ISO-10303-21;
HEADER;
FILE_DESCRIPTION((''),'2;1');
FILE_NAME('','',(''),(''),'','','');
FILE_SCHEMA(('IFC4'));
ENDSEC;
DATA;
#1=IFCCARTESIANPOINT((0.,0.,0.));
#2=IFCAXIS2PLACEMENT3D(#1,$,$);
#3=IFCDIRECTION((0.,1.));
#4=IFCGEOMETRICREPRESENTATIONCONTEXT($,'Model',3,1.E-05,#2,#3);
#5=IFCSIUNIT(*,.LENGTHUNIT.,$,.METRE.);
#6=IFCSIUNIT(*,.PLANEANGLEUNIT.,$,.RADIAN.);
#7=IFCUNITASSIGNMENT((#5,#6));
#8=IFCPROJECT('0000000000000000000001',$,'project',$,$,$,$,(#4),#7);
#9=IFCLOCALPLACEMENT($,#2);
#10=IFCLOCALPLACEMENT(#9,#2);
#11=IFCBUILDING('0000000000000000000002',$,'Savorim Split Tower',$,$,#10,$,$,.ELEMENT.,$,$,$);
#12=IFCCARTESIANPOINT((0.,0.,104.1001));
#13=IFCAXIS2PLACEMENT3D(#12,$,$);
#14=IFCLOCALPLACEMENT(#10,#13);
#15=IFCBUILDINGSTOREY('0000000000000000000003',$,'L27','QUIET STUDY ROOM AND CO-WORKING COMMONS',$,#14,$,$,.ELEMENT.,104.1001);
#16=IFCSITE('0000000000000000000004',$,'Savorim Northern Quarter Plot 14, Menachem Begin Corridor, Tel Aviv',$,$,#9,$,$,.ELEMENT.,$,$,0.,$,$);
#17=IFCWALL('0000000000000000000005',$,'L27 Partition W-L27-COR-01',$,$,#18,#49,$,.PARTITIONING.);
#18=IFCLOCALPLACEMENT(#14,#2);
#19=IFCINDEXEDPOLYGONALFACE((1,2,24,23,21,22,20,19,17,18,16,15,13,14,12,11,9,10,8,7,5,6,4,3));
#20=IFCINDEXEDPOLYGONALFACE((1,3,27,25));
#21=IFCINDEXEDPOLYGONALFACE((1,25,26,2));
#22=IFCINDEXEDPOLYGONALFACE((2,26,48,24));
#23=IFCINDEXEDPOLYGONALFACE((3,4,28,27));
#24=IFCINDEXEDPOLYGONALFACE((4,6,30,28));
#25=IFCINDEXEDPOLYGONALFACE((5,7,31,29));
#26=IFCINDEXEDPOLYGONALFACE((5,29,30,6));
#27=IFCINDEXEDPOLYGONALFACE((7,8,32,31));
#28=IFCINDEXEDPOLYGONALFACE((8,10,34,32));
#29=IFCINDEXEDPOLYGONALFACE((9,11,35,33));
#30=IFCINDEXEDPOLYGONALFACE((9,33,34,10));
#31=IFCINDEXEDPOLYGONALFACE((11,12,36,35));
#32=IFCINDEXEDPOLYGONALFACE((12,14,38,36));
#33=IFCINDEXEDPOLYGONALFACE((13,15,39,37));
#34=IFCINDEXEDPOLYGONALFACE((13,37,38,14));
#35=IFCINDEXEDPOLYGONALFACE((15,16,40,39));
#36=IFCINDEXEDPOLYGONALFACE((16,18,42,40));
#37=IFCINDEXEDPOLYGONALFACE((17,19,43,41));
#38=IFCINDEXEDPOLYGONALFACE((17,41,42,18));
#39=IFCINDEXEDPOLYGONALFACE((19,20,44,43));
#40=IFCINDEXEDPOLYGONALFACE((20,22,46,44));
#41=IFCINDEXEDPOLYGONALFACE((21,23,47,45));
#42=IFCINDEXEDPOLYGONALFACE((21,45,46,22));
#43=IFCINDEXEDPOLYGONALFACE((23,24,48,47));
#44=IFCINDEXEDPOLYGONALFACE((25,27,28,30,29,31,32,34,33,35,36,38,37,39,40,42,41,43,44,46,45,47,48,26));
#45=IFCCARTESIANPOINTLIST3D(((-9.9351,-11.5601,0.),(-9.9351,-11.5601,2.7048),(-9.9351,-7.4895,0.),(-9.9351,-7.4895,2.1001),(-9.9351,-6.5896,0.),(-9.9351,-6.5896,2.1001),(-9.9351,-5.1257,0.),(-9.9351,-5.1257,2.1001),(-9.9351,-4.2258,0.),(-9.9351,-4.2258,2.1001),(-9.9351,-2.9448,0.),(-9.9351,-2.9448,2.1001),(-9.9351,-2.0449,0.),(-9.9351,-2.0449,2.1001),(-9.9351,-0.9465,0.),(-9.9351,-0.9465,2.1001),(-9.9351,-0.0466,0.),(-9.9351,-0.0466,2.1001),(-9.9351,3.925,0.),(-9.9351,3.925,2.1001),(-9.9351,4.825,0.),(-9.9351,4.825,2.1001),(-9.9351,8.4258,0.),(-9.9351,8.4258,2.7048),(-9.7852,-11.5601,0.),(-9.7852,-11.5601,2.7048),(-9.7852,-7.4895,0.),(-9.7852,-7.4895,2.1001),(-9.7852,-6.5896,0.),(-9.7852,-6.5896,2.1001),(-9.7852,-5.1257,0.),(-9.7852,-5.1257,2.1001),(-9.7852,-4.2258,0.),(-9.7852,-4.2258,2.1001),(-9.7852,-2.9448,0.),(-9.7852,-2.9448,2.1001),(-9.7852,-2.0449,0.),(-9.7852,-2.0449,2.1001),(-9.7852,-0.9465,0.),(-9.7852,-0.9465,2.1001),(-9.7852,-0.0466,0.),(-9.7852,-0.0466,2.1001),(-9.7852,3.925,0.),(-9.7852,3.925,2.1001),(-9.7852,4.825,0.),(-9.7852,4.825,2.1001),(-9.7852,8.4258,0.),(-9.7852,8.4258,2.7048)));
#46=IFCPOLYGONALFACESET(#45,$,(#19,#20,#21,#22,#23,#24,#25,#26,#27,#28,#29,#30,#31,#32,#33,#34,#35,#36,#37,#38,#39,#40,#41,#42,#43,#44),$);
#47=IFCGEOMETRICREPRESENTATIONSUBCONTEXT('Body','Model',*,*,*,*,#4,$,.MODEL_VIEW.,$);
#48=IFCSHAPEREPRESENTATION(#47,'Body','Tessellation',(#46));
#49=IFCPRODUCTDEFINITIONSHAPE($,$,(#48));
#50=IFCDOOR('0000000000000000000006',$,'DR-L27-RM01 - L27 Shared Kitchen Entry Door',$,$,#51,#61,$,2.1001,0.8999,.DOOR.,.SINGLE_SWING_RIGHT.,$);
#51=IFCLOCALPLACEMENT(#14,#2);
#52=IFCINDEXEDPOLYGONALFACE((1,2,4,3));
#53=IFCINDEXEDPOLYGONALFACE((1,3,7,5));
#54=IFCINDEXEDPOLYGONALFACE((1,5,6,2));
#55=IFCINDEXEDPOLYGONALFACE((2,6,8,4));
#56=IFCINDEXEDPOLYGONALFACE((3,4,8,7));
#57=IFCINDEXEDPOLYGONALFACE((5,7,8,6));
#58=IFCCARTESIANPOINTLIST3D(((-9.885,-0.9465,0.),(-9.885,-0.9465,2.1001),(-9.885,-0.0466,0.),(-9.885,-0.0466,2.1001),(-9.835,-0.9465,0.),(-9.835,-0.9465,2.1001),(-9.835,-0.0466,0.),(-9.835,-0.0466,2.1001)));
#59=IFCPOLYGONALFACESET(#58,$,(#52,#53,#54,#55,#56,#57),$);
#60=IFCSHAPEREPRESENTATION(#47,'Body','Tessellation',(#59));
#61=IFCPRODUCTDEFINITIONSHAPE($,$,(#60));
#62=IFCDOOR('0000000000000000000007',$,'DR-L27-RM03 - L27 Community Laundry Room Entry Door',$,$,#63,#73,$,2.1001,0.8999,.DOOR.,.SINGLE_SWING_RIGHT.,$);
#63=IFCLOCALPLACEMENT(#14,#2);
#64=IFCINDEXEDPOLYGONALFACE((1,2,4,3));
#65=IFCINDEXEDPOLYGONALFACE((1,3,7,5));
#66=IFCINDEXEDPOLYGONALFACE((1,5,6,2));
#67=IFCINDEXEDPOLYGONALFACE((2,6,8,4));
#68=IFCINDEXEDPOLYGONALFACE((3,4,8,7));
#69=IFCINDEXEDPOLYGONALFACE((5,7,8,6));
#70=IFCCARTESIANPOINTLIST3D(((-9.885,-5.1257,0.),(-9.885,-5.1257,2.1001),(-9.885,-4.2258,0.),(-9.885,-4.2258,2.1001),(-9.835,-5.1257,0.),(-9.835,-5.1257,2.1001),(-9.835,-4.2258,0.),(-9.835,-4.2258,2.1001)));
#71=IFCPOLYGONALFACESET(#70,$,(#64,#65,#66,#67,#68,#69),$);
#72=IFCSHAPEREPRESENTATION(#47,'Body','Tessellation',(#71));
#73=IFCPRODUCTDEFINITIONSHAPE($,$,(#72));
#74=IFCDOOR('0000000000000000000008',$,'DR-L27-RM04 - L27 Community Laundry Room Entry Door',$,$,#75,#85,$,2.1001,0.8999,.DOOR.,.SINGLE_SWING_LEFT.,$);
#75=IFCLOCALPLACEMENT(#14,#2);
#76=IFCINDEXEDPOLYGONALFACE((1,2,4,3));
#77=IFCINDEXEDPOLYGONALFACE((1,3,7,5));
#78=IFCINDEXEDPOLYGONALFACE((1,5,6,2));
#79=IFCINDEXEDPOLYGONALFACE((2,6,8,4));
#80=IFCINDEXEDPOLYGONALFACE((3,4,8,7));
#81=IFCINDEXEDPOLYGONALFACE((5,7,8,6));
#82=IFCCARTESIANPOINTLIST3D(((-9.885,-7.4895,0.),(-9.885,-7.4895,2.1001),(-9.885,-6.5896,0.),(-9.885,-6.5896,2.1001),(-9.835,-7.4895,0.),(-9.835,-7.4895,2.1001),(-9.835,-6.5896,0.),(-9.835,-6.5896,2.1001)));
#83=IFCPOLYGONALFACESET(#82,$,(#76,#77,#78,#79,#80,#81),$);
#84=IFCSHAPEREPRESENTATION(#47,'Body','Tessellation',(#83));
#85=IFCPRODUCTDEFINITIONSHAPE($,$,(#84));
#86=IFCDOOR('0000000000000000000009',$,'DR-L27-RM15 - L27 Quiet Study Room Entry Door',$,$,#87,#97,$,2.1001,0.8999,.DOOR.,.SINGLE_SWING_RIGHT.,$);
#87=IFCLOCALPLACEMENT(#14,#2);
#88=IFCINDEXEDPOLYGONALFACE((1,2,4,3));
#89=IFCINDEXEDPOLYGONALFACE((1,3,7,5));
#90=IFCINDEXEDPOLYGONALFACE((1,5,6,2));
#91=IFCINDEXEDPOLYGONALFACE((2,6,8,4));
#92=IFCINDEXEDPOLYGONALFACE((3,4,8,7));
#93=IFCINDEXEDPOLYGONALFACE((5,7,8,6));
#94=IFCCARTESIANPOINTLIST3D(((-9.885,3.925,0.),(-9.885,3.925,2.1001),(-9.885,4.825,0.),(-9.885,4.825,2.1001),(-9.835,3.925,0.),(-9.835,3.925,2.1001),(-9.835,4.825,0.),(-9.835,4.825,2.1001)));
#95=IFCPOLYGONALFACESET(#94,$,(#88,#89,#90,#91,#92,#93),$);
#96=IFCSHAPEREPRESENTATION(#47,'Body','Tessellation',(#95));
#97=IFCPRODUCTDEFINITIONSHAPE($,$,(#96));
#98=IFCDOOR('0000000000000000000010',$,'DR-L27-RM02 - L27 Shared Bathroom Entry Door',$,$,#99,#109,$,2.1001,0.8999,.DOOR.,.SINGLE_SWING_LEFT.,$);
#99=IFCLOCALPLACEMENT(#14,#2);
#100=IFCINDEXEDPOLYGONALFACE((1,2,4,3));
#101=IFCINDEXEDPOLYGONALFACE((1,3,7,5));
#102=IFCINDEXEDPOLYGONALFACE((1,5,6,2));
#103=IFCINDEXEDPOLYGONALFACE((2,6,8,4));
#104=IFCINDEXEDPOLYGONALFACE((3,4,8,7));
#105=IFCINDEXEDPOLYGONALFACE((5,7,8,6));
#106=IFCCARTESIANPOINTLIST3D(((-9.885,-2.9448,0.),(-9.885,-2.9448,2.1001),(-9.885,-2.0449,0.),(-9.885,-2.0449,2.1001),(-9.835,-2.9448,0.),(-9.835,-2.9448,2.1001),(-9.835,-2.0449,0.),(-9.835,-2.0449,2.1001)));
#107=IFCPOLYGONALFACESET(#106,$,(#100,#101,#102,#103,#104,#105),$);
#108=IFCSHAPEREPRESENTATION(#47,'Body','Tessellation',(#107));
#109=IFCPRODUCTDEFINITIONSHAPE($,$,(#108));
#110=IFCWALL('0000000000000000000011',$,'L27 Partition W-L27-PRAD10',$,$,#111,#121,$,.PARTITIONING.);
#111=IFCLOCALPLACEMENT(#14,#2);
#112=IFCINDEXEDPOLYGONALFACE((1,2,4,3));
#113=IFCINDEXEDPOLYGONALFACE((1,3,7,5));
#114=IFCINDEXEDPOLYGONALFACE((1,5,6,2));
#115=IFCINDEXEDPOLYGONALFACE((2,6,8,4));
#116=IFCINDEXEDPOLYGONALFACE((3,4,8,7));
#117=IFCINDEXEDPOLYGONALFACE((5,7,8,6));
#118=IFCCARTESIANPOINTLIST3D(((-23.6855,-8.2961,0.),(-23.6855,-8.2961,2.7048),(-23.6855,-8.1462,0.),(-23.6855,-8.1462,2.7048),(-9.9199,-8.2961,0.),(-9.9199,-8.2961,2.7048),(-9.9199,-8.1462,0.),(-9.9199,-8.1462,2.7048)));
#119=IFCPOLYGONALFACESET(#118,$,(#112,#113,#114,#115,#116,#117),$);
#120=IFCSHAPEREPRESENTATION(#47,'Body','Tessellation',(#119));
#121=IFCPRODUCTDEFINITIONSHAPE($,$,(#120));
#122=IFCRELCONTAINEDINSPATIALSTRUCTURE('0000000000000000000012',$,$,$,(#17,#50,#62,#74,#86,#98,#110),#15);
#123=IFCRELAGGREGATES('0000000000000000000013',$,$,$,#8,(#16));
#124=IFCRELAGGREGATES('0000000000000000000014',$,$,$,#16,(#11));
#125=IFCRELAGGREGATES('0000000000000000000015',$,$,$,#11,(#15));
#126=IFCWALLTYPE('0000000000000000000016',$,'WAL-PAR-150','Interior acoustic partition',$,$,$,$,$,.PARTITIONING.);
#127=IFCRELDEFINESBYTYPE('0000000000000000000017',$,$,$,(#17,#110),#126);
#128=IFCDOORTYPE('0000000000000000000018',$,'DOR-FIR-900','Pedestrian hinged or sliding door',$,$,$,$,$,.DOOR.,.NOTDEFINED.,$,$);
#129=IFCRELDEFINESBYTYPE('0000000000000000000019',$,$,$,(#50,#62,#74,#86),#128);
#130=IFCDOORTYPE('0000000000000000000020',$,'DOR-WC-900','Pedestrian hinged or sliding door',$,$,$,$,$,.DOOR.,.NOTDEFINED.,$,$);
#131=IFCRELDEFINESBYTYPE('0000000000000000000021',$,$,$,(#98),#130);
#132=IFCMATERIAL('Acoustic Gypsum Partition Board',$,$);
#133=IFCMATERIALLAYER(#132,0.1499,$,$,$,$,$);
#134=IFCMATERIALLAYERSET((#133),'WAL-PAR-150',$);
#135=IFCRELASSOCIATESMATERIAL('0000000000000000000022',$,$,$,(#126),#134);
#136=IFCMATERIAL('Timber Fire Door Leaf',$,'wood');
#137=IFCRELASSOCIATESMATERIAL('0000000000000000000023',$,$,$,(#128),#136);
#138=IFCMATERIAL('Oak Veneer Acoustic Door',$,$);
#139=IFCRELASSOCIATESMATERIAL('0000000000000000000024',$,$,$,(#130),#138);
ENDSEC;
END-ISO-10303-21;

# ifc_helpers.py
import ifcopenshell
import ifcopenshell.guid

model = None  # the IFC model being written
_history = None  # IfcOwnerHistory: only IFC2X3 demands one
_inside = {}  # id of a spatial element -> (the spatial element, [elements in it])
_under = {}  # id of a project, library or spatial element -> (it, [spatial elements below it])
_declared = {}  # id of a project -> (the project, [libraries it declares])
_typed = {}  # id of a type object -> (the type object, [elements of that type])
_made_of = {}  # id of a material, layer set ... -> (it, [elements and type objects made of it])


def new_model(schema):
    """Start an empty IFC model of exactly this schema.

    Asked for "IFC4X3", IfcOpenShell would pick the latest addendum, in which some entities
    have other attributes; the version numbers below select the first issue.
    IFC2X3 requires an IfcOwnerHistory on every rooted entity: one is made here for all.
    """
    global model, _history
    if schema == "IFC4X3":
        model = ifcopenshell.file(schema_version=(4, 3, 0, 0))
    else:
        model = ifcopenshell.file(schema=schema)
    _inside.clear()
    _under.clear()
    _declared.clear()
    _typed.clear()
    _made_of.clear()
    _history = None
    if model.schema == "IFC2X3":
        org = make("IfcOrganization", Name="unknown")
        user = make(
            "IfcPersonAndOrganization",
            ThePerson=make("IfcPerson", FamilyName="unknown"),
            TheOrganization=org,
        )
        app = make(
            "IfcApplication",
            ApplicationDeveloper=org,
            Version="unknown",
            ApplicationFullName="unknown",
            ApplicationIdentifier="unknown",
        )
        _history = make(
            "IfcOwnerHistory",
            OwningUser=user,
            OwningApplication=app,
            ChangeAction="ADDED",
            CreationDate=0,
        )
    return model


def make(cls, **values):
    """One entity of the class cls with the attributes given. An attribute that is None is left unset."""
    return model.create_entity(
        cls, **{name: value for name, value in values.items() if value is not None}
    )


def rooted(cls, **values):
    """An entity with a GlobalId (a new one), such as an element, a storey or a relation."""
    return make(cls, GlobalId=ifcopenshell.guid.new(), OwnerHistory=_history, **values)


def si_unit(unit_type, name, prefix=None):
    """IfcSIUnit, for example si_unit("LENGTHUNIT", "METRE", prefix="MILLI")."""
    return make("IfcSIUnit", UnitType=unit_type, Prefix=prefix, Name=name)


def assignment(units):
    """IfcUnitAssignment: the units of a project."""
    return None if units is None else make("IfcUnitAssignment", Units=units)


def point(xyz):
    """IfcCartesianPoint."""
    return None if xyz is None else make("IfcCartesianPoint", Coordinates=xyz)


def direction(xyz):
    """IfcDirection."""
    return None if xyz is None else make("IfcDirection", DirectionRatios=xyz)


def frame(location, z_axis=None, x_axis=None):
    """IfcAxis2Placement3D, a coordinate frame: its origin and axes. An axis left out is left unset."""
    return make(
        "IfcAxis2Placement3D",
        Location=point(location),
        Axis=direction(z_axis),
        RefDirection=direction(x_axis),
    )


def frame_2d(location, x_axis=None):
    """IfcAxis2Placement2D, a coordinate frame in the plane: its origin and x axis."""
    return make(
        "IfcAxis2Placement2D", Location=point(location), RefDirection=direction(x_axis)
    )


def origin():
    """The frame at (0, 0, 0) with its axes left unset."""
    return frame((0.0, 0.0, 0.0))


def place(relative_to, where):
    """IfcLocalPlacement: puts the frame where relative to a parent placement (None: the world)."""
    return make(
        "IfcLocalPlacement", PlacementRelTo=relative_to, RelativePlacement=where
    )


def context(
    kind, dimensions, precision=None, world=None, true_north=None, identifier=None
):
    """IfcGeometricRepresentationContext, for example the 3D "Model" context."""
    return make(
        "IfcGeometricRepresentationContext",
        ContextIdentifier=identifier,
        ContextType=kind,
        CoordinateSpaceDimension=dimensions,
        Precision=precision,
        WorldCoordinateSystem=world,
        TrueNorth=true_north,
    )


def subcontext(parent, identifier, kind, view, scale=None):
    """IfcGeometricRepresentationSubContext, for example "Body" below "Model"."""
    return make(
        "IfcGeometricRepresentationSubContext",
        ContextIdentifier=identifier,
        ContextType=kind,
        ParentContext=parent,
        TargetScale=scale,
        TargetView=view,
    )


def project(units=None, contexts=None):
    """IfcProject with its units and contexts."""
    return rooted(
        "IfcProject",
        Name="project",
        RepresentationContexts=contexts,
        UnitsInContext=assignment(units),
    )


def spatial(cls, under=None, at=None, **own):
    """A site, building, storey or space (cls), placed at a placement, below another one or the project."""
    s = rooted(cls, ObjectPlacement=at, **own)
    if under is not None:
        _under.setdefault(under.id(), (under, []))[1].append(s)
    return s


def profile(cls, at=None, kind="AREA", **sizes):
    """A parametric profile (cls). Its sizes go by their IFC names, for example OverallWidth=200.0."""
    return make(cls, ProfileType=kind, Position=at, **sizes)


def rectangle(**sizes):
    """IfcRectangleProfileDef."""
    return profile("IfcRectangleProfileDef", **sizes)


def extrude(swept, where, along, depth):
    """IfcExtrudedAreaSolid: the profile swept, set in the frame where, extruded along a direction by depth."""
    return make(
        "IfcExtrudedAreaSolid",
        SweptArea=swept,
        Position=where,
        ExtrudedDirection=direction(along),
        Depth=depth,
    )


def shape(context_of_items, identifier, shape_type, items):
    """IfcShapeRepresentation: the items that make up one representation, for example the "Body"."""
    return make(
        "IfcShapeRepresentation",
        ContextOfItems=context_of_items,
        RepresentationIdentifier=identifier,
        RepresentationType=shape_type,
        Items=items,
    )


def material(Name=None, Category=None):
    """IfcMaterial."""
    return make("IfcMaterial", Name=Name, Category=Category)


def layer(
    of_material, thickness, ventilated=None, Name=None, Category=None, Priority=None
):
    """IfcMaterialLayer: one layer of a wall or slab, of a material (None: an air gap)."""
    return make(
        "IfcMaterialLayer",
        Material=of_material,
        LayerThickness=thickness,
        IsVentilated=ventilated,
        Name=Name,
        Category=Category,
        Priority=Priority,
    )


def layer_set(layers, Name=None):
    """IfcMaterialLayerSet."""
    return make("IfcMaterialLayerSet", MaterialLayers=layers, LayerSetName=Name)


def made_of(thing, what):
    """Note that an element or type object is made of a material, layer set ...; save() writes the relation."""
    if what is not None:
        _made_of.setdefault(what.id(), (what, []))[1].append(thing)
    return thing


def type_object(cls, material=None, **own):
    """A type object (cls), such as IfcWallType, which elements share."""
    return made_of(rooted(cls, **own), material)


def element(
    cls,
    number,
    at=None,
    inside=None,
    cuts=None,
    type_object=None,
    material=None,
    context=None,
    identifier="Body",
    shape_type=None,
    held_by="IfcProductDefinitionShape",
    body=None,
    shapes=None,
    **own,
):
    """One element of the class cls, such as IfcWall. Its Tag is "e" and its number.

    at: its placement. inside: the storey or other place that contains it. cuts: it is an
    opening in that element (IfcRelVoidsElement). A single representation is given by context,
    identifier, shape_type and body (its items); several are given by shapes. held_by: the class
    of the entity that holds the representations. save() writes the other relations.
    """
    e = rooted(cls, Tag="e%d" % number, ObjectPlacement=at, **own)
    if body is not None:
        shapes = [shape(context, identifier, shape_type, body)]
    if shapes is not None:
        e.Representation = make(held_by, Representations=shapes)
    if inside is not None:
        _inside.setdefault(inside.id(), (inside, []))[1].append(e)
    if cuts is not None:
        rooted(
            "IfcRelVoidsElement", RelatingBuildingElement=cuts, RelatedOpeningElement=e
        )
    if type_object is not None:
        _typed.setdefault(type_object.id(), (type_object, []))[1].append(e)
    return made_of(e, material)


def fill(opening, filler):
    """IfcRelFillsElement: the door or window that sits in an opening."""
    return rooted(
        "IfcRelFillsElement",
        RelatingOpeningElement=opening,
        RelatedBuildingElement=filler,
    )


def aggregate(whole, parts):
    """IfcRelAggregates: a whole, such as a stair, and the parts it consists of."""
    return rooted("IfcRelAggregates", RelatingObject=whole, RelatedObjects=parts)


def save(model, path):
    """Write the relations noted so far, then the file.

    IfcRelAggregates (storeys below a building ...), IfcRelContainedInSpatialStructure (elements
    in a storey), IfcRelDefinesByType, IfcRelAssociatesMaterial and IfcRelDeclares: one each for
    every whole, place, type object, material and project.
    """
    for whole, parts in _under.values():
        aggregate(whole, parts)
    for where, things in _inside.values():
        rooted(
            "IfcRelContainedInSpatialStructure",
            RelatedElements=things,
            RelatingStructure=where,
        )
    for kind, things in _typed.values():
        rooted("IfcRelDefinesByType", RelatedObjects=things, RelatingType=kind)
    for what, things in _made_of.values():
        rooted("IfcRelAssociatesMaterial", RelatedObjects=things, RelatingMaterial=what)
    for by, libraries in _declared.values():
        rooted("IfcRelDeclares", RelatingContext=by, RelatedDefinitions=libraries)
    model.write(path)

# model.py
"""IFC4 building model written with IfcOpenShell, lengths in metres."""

from ifc_helpers import new_model, si_unit, direction, frame, frame_2d, origin, place, context, subcontext, project, spatial, rectangle, extrude, material, layer, layer_set, type_object, element, fill, save


model = new_model("IFC4")

# Units and contexts
model_context = context("Model", 3, precision=1e-05, world=origin(), true_north=direction((0.0, 1.0)))
body_context = subcontext(model_context, "Body", "Model", "MODEL_VIEW")
ifc_project = project(units=[si_unit("LENGTHUNIT", "METRE"), si_unit("PLANEANGLEUNIT", "RADIAN")], contexts=[model_context])

# Site, building, storey
site_placement = place(None, origin())
site = spatial("IfcSite", under=ifc_project, at=site_placement, Name="Savorim Northern Quarter Plot 14, Menachem Begin Corridor, Tel Aviv", CompositionType="ELEMENT", RefElevation=0.0)
building_placement = place(site_placement, origin())
building = spatial("IfcBuilding", under=site, at=building_placement, Name="Savorim Split Tower", CompositionType="ELEMENT")
storey_placement = place(building_placement, frame((0.0, 0.0, 104.1001)))
storey = spatial("IfcBuildingStorey", under=building, at=storey_placement, Name="L27", Description="QUIET STUDY ROOM AND CO-WORKING COMMONS", CompositionType="ELEMENT", Elevation=104.1001)

# Shared definitions
ifc_material_1 = material(Name="Timber Fire Door Leaf", Category="wood")

# Wall, openings, doors
ifc_material_2 = material(Name="Acoustic Gypsum Partition Board")
ifc_layer_1 = layer(ifc_material_2, 0.1499)
ifc_layer_set_1 = layer_set([ifc_layer_1], Name="WAL-PAR-150")
wall_type_1 = type_object("IfcWallType", Name="WAL-PAR-150", Description="Interior acoustic partition", PredefinedType="PARTITIONING", material=ifc_layer_set_1)
wall_1_placement = place(storey_placement, frame((-9.8601, -11.5601, 0.0), z_axis=(0.0, 0.0, 1.0), x_axis=(0.0, 1.0, 0.0)))
wall_1 = element("IfcWall", 1, at=wall_1_placement, inside=storey, type_object=wall_type_1, Name="L27 Partition W-L27-COR-01", PredefinedType="PARTITIONING", context=body_context, shape_type="SweptSolid", body=[
    extrude(rectangle(XDim=19.9858, YDim=0.1499, at=frame_2d((9.9929, 0.0))), origin(), (0.0, 0.0, 1.0), 2.7048),
])
opening_1_placement = place(wall_1_placement, frame((10.6135, 0.0, 0.0)))
opening_1 = element("IfcOpeningElement", 2, at=opening_1_placement, cuts=wall_1, PredefinedType="OPENING", context=body_context, shape_type="SweptSolid", body=[
    extrude(rectangle(XDim=0.8999, YDim=2.1001, at=frame_2d((0.45, 1.05))), frame((0.0, 0.085, 0.0), z_axis=(0.0, -1.0, 0.0), x_axis=(1.0, 0.0, 0.0)), (0.0, 0.0, 1.0), 0.1699),
])
opening_2_placement = place(wall_1_placement, frame((8.6152, 0.0, 0.0)))
opening_2 = element("IfcOpeningElement", 3, at=opening_2_placement, cuts=wall_1, PredefinedType="OPENING", context=body_context, shape_type="SweptSolid", body=[
    extrude(rectangle(XDim=0.8999, YDim=2.1001, at=frame_2d((0.45, 1.05))), frame((0.0, 0.085, 0.0), z_axis=(0.0, -1.0, 0.0), x_axis=(1.0, 0.0, 0.0)), (0.0, 0.0, 1.0), 0.1699),
])
opening_3_placement = place(wall_1_placement, frame((6.4343, 0.0, 0.0)))
opening_3 = element("IfcOpeningElement", 4, at=opening_3_placement, cuts=wall_1, PredefinedType="OPENING", context=body_context, shape_type="SweptSolid", body=[
    extrude(rectangle(XDim=0.8999, YDim=2.1001, at=frame_2d((0.45, 1.05))), frame((0.0, 0.085, 0.0), z_axis=(0.0, -1.0, 0.0), x_axis=(1.0, 0.0, 0.0)), (0.0, 0.0, 1.0), 0.1699),
])
opening_4_placement = place(wall_1_placement, frame((4.0706, 0.0, 0.0)))
opening_4 = element("IfcOpeningElement", 5, at=opening_4_placement, cuts=wall_1, PredefinedType="OPENING", context=body_context, shape_type="SweptSolid", body=[
    extrude(rectangle(XDim=0.8999, YDim=2.1001, at=frame_2d((0.45, 1.05))), frame((0.0, 0.085, 0.0), z_axis=(0.0, -1.0, 0.0), x_axis=(1.0, 0.0, 0.0)), (0.0, 0.0, 1.0), 0.1699),
])
opening_5_placement = place(wall_1_placement, frame((15.4851, 0.0, 0.0)))
opening_5 = element("IfcOpeningElement", 6, at=opening_5_placement, cuts=wall_1, PredefinedType="OPENING", context=body_context, shape_type="SweptSolid", body=[
    extrude(rectangle(XDim=0.8999, YDim=2.1001, at=frame_2d((0.45, 1.05))), frame((0.0, 0.085, 0.0), z_axis=(0.0, -1.0, 0.0), x_axis=(1.0, 0.0, 0.0)), (0.0, 0.0, 1.0), 0.1699),
])
door_type_1 = type_object("IfcDoorType", Name="DOR-FIR-900", Description="Pedestrian hinged or sliding door", OperationType="NOTDEFINED", PredefinedType="DOOR", material=ifc_material_1)
door_1_placement = place(opening_1_placement, origin())
door_1 = element("IfcDoor", 7, at=door_1_placement, inside=storey, type_object=door_type_1, Name="DR-L27-RM01 - L27 Shared Kitchen Entry Door", OperationType="SINGLE_SWING_RIGHT", OverallHeight=2.1001, OverallWidth=0.8999, PredefinedType="DOOR", context=body_context, shape_type="SweptSolid", body=[
    extrude(rectangle(XDim=0.8999, YDim=2.1001, at=frame_2d((0.45, 1.05))), frame((0.0, 0.0249, 0.0), z_axis=(0.0, -1.0, 0.0), x_axis=(1.0, 0.0, 0.0)), (0.0, 0.0, 1.0), 0.05),
])
fill(opening_1, door_1)
door_2_placement = place(opening_3_placement, origin())
door_2 = element("IfcDoor", 8, at=door_2_placement, inside=storey, type_object=door_type_1, Name="DR-L27-RM03 - L27 Community Laundry Room Entry Door", OperationType="SINGLE_SWING_RIGHT", OverallHeight=2.1001, OverallWidth=0.8999, PredefinedType="DOOR", context=body_context, shape_type="SweptSolid", body=[
    extrude(rectangle(XDim=0.8999, YDim=2.1001, at=frame_2d((0.45, 1.05))), frame((0.0, 0.0249, 0.0), z_axis=(0.0, -1.0, 0.0), x_axis=(1.0, 0.0, 0.0)), (0.0, 0.0, 1.0), 0.05),
])
fill(opening_3, door_2)
door_3_placement = place(opening_4_placement, origin())
door_3 = element("IfcDoor", 9, at=door_3_placement, inside=storey, type_object=door_type_1, Name="DR-L27-RM04 - L27 Community Laundry Room Entry Door", OperationType="SINGLE_SWING_LEFT", OverallHeight=2.1001, OverallWidth=0.8999, PredefinedType="DOOR", context=body_context, shape_type="SweptSolid", body=[
    extrude(rectangle(XDim=0.8999, YDim=2.1001, at=frame_2d((0.45, 1.05))), frame((0.0, 0.0249, 0.0), z_axis=(0.0, -1.0, 0.0), x_axis=(1.0, 0.0, 0.0)), (0.0, 0.0, 1.0), 0.05),
])
fill(opening_4, door_3)
door_4_placement = place(opening_5_placement, origin())
door_4 = element("IfcDoor", 10, at=door_4_placement, inside=storey, type_object=door_type_1, Name="DR-L27-RM15 - L27 Quiet Study Room Entry Door", OperationType="SINGLE_SWING_RIGHT", OverallHeight=2.1001, OverallWidth=0.8999, PredefinedType="DOOR", context=body_context, shape_type="SweptSolid", body=[
    extrude(rectangle(XDim=0.8999, YDim=2.1001, at=frame_2d((0.45, 1.05))), frame((0.0, 0.0249, 0.0), z_axis=(0.0, -1.0, 0.0), x_axis=(1.0, 0.0, 0.0)), (0.0, 0.0, 1.0), 0.05),
])
fill(opening_5, door_4)
ifc_material_3 = material(Name="Oak Veneer Acoustic Door")
door_type_2 = type_object("IfcDoorType", Name="DOR-WC-900", Description="Pedestrian hinged or sliding door", OperationType="NOTDEFINED", PredefinedType="DOOR", material=ifc_material_3)
door_5_placement = place(opening_2_placement, origin())
door_5 = element("IfcDoor", 11, at=door_5_placement, inside=storey, type_object=door_type_2, Name="DR-L27-RM02 - L27 Shared Bathroom Entry Door", OperationType="SINGLE_SWING_LEFT", OverallHeight=2.1001, OverallWidth=0.8999, PredefinedType="DOOR", context=body_context, shape_type="SweptSolid", body=[
    extrude(rectangle(XDim=0.8999, YDim=2.1001, at=frame_2d((0.45, 1.05))), frame((0.0, 0.0249, 0.0), z_axis=(0.0, -1.0, 0.0), x_axis=(1.0, 0.0, 0.0)), (0.0, 0.0, 1.0), 0.05),
])
fill(opening_2, door_5)

# Wall
wall_2_placement = place(storey_placement, frame((-9.9199, -8.2212, 0.0), z_axis=(0.0, 0.0, 1.0), x_axis=(-1.0, 0.0, 0.0)))
element("IfcWall", 12, at=wall_2_placement, inside=storey, type_object=wall_type_1, Name="L27 Partition W-L27-PRAD10", PredefinedType="PARTITIONING", context=body_context, shape_type="SweptSolid", body=[
    extrude(rectangle(XDim=13.7656, YDim=0.1499, at=frame_2d((6.8828, 0.0))), origin(), (0.0, 0.0, 1.0), 2.7048),
])

save(model, "model.ifc")
